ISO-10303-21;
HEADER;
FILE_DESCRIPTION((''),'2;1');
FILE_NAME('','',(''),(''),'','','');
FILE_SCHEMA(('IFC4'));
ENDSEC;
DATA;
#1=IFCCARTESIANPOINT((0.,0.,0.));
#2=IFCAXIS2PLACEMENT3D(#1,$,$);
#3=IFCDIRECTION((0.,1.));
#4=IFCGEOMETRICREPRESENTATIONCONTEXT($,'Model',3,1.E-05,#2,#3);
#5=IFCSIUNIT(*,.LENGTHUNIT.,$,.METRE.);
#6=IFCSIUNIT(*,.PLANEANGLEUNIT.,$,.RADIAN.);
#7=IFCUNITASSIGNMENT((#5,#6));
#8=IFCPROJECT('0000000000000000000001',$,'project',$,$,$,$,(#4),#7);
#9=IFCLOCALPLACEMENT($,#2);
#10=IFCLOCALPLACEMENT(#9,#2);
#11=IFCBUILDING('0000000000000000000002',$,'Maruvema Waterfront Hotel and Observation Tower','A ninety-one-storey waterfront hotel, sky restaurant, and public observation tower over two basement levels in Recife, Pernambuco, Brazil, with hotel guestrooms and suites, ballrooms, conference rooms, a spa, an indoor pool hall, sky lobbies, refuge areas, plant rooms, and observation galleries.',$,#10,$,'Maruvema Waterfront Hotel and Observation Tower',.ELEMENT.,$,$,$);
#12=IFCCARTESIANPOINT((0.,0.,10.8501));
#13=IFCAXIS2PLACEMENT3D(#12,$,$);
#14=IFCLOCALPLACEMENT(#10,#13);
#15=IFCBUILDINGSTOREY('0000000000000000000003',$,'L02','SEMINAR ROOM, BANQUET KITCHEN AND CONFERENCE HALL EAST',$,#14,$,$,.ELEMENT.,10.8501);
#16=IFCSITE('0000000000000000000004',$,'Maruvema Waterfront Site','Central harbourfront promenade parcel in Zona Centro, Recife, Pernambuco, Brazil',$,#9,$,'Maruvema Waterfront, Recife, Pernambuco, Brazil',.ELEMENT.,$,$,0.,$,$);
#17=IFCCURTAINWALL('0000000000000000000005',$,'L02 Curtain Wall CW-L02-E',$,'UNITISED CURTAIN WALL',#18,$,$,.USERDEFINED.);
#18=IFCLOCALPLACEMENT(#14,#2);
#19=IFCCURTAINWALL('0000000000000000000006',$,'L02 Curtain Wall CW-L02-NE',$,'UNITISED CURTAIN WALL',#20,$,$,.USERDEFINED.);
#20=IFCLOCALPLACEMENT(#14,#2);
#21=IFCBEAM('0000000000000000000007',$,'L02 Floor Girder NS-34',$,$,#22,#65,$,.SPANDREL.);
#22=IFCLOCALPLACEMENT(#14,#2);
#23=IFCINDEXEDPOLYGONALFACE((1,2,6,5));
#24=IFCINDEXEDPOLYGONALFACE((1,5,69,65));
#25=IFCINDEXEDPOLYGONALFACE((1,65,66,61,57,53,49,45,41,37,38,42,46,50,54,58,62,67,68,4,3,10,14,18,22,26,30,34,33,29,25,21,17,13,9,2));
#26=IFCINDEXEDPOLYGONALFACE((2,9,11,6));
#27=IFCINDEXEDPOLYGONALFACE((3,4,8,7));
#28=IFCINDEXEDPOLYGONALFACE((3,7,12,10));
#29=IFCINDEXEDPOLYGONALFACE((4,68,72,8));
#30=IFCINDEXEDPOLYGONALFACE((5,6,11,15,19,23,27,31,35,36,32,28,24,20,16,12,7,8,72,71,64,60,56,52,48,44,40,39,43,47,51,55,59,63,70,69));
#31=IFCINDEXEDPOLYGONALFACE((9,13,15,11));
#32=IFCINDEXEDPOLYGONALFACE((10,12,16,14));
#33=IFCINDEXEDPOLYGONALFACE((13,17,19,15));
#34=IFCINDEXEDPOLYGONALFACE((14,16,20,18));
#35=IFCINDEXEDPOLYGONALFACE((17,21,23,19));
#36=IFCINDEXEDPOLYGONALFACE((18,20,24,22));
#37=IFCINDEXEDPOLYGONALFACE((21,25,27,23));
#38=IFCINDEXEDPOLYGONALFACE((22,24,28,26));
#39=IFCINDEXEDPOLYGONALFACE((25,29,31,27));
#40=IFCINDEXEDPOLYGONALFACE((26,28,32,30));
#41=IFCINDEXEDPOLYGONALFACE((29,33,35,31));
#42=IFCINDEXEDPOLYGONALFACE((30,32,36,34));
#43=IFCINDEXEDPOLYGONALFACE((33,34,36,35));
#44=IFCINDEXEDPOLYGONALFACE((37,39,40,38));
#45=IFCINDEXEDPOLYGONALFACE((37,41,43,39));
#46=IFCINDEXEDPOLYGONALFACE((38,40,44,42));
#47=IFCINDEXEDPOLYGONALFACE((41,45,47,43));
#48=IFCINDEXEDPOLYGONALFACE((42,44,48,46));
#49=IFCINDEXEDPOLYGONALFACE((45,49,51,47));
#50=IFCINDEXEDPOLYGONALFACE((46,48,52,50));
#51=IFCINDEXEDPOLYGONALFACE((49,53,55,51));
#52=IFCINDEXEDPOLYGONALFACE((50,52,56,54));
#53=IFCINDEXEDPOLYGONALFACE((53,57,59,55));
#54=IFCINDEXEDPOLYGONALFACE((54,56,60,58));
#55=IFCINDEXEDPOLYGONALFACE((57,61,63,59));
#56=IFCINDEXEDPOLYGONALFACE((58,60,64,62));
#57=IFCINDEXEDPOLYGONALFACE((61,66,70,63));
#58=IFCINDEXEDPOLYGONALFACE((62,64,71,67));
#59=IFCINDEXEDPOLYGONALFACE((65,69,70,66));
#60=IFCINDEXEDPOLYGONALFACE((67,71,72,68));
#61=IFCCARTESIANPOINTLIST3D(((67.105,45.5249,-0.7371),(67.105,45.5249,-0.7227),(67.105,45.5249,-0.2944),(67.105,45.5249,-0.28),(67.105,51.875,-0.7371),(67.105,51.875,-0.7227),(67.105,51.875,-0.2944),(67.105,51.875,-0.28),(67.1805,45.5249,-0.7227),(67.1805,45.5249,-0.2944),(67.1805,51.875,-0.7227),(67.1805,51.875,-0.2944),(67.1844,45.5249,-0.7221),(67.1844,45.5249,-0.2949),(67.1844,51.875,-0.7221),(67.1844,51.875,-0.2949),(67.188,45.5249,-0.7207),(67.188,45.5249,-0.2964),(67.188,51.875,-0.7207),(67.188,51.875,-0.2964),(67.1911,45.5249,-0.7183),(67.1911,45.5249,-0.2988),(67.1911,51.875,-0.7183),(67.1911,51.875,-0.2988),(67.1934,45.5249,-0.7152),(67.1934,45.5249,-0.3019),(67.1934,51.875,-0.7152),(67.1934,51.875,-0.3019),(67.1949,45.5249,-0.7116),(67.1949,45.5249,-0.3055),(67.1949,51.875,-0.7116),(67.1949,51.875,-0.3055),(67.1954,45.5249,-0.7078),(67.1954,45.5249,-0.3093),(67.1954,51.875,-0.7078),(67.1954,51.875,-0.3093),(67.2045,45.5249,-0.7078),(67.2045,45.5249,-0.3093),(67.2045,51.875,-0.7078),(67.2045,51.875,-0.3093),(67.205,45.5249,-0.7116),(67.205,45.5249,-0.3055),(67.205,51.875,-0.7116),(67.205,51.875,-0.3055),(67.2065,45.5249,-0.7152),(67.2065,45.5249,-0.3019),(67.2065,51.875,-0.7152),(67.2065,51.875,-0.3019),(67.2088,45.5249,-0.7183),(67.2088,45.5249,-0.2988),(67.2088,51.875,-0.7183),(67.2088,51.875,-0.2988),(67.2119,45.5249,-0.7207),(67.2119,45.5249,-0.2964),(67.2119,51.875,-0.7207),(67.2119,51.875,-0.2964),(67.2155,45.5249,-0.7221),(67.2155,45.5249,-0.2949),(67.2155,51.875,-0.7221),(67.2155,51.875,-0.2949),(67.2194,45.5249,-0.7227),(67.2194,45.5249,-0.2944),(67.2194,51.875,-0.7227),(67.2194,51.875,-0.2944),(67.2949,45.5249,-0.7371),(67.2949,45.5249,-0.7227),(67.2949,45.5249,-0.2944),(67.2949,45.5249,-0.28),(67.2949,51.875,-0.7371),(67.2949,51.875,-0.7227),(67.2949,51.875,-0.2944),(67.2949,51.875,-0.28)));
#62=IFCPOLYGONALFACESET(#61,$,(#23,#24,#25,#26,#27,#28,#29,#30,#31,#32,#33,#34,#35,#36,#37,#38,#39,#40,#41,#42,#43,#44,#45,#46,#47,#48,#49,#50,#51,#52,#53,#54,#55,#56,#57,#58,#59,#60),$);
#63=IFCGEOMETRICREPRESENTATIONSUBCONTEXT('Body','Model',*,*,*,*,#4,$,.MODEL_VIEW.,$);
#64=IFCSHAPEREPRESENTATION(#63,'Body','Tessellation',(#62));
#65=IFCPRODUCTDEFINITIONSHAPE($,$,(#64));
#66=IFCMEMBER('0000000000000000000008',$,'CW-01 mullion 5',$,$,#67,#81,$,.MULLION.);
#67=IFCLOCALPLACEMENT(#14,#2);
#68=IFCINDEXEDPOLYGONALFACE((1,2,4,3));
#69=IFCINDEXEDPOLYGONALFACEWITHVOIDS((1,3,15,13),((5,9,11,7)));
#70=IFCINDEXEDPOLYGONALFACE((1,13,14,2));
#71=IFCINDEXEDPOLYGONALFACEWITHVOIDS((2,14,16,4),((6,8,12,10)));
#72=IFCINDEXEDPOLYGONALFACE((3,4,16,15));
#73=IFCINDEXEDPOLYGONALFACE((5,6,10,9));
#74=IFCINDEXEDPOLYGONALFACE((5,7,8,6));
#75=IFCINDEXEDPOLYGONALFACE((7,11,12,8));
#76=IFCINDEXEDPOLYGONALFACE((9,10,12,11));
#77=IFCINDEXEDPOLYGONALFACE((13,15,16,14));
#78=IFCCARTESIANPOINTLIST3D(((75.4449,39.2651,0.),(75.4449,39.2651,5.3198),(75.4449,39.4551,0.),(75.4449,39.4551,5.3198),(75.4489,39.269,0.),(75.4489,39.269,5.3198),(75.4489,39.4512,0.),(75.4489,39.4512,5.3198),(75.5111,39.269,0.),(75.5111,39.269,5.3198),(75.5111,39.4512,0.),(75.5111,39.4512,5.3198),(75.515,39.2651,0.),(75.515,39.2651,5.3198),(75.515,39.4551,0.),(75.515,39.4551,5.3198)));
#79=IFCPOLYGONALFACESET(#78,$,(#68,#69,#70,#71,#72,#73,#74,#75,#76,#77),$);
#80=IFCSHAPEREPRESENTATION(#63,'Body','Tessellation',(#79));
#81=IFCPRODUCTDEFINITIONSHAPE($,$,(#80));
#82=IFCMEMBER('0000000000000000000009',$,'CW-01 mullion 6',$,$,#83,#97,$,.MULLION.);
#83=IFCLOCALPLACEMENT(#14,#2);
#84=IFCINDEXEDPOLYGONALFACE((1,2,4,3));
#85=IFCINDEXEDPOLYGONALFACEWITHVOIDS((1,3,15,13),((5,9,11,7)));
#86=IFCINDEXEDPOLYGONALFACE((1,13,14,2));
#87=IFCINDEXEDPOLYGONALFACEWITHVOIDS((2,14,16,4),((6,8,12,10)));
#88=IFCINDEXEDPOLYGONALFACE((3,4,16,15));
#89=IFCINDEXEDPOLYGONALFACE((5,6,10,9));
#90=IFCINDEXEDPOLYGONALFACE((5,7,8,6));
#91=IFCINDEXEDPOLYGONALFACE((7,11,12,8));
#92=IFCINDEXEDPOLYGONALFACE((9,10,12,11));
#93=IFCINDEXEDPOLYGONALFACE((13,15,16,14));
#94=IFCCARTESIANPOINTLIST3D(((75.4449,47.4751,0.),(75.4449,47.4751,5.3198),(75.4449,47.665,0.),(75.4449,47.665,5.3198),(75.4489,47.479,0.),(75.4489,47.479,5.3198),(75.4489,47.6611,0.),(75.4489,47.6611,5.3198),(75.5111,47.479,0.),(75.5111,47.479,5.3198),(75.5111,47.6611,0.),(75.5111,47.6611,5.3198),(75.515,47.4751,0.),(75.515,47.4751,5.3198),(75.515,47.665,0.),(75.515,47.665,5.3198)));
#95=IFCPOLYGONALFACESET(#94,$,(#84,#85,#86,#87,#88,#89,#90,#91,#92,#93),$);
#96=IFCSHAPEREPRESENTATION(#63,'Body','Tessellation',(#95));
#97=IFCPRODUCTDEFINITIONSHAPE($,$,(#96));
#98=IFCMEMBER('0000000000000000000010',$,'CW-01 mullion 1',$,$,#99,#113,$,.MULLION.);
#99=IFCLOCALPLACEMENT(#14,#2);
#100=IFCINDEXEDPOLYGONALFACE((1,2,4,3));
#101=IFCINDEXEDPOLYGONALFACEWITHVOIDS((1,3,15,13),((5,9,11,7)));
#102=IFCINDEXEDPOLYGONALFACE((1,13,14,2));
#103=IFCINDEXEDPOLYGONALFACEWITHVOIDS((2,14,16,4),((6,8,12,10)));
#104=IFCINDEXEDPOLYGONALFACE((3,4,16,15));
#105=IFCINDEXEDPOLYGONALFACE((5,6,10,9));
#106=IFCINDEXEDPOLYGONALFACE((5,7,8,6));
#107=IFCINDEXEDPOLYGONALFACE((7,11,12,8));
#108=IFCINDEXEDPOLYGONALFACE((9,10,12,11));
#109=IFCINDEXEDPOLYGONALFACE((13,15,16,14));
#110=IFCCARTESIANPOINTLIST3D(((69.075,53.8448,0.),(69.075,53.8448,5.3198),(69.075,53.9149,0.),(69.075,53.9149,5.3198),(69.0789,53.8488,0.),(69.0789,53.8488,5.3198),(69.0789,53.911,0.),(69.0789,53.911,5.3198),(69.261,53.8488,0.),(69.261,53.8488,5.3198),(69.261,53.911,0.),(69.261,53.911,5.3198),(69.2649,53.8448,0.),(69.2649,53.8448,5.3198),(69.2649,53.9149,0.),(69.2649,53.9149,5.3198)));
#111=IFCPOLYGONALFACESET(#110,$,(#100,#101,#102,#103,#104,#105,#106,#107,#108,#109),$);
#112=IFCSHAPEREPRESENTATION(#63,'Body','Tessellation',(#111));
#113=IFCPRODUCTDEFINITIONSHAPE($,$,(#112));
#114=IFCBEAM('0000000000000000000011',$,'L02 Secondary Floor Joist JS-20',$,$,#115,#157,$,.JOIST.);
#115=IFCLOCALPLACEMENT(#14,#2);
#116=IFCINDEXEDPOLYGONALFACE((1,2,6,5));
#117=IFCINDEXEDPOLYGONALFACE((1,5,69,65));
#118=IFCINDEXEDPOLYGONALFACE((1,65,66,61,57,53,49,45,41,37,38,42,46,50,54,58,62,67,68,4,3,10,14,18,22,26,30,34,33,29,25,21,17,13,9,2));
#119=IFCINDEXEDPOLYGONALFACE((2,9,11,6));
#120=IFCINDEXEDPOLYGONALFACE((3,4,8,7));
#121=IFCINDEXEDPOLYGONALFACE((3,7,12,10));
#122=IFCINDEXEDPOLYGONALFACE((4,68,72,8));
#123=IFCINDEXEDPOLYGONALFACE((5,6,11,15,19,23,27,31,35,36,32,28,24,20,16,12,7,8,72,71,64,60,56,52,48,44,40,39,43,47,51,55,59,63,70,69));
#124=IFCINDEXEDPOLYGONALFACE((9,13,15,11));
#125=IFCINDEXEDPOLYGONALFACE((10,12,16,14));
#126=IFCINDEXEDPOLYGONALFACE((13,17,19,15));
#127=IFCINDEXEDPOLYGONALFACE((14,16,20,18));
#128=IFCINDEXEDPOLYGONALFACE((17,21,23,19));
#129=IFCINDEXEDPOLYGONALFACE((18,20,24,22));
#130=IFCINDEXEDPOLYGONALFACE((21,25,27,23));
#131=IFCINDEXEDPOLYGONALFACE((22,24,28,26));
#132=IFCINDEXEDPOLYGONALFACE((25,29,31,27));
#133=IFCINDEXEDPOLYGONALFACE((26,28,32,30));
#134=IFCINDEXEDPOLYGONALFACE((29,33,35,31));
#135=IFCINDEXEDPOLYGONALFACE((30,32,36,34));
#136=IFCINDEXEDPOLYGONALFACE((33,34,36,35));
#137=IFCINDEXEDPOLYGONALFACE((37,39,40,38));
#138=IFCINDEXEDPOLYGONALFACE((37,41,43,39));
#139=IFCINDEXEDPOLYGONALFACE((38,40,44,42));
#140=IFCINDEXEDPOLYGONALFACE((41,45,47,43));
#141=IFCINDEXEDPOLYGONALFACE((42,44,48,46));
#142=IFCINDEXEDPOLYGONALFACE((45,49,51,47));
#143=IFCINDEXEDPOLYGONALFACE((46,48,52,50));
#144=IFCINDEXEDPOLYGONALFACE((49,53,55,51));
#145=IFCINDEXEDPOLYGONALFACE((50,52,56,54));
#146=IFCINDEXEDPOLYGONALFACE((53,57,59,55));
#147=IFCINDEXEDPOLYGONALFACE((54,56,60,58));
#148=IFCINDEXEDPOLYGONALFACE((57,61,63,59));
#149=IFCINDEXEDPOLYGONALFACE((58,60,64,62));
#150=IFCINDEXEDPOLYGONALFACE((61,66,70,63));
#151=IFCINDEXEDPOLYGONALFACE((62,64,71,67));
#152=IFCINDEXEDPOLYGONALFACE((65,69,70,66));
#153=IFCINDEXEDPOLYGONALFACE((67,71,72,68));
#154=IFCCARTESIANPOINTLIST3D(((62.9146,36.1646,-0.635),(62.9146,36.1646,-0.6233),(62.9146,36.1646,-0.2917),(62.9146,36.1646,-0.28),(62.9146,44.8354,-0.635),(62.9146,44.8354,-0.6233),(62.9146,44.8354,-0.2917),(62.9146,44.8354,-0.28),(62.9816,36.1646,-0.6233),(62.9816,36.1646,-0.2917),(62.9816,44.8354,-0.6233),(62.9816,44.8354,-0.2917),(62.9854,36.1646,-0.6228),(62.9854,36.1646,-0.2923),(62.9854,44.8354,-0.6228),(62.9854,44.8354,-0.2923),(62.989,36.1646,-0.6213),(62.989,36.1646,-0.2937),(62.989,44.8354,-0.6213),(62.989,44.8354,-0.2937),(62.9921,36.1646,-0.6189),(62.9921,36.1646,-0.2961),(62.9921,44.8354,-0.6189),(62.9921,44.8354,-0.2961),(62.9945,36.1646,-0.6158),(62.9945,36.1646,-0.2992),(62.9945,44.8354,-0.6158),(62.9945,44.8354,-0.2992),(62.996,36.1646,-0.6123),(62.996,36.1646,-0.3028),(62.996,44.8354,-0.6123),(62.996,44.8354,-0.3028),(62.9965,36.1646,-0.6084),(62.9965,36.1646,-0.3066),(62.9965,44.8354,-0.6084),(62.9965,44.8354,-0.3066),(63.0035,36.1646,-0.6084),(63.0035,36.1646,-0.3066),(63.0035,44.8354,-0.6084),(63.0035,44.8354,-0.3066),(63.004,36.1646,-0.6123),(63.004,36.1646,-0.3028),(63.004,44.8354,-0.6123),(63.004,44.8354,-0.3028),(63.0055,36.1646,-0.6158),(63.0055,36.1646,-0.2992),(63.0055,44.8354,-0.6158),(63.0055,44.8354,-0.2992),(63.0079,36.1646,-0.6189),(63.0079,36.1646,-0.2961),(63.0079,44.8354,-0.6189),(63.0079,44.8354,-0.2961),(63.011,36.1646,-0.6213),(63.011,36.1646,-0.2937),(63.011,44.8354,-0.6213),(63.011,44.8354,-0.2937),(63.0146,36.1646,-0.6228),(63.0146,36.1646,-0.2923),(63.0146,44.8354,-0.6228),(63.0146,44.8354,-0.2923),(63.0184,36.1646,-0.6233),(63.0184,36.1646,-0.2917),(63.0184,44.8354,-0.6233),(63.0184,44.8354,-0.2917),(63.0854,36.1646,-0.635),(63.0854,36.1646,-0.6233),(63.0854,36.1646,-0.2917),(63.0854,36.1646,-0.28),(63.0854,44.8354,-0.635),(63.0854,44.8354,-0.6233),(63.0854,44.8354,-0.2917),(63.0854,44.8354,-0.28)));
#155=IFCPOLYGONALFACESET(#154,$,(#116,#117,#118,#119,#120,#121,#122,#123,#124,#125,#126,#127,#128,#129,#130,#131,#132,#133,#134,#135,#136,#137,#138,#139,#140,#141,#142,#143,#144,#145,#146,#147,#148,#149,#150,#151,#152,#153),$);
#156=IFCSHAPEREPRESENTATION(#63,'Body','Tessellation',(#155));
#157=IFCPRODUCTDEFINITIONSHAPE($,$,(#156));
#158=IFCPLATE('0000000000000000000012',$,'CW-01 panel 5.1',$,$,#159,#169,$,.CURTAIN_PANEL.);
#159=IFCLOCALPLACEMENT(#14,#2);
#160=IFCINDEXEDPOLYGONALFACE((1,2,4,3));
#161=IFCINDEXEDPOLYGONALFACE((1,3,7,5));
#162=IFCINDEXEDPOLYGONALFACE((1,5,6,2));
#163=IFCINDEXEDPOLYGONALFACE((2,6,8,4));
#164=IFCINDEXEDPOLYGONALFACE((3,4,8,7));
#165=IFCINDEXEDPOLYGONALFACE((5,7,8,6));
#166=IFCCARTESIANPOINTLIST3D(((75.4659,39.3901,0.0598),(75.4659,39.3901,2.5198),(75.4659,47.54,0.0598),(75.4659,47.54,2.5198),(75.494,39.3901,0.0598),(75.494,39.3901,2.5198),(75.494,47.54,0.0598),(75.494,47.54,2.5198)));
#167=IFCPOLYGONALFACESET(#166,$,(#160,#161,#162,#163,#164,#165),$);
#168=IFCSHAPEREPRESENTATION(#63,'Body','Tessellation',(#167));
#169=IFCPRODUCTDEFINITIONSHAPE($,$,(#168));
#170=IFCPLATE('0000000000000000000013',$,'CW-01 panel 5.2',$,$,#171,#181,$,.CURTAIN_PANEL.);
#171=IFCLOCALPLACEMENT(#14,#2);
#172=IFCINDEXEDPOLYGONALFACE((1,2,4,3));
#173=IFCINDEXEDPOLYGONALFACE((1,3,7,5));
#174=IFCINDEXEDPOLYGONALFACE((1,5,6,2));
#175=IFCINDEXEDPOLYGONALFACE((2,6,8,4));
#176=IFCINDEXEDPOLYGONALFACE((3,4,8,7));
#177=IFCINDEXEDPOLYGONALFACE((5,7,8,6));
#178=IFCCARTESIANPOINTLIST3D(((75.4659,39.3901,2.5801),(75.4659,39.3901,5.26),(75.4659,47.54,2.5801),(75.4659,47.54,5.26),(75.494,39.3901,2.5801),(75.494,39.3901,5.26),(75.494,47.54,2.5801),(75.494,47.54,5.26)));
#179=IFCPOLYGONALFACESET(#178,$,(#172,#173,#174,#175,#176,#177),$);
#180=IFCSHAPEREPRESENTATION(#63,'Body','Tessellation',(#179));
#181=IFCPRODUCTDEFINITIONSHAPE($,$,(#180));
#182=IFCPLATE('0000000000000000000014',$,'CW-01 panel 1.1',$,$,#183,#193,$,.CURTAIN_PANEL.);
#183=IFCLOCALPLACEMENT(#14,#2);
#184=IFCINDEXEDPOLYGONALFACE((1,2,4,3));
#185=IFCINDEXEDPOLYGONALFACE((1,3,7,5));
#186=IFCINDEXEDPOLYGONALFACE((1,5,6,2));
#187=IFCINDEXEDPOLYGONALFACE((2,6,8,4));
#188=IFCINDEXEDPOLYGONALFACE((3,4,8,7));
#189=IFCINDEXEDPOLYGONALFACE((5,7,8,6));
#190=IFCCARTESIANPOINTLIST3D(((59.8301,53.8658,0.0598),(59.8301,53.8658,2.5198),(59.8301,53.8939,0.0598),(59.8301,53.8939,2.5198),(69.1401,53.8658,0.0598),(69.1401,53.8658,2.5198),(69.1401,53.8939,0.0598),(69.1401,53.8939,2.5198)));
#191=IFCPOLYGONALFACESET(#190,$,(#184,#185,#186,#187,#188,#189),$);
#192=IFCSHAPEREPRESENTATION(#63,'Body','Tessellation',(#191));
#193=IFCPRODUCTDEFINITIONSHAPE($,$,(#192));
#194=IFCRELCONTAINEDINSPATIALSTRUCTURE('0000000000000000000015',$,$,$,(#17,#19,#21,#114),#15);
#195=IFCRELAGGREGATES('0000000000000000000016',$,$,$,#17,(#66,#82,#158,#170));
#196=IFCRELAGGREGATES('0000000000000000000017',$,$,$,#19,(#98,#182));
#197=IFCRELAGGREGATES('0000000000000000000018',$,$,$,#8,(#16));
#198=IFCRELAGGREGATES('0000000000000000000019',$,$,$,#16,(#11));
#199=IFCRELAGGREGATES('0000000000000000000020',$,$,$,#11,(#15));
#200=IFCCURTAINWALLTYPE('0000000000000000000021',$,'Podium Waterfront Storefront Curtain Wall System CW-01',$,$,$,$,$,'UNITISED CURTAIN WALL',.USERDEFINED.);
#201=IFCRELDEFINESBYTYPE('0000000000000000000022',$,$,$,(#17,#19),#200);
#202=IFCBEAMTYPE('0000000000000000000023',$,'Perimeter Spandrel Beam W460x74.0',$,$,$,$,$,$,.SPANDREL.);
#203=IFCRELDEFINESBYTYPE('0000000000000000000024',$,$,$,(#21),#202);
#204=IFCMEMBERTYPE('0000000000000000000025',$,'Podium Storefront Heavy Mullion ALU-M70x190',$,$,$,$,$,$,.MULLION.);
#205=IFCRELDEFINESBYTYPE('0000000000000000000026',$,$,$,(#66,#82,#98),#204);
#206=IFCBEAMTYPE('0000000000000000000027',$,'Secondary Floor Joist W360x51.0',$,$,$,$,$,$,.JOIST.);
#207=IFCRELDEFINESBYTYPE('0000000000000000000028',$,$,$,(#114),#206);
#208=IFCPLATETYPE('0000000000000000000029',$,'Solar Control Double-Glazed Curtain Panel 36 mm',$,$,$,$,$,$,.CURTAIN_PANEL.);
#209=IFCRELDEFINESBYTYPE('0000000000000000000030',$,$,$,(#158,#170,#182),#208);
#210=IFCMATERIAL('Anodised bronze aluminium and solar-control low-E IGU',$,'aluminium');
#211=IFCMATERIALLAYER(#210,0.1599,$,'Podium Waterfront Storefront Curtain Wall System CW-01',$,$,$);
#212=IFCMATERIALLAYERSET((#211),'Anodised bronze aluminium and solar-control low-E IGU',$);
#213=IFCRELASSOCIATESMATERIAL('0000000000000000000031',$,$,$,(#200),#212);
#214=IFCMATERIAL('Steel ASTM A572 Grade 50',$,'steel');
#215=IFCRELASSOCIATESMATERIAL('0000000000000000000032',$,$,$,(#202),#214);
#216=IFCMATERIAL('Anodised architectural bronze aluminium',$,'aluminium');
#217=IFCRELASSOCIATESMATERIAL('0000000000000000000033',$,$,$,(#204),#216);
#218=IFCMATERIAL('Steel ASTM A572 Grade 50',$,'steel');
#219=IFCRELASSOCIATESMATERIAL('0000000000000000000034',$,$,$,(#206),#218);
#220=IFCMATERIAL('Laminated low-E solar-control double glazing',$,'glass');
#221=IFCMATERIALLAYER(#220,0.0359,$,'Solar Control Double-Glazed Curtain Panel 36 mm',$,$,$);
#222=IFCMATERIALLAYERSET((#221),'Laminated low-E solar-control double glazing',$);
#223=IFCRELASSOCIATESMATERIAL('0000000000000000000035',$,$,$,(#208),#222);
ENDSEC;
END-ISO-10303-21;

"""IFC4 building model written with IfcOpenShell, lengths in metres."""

from ifc_helpers import new_model, si_unit, direction, frame, origin, origin_2d, place, context, subcontext, project, spatial, rectangle, hollow_rectangle, i_section, extrude, material, layer, layer_set, material_profile, profile_set, type_object, element, aggregate, save


model = new_model("IFC4")

# Units and contexts
model_context = context("Model", 3, precision=1e-05, world=origin(), true_north=direction((0.0, 1.0)))
body_context = subcontext(model_context, "Body", "Model", "MODEL_VIEW")
ifc_project = project(units=[si_unit("LENGTHUNIT", "METRE"), si_unit("PLANEANGLEUNIT", "RADIAN")], contexts=[model_context])

# Site, building, storey
site_placement = place(None, origin())
site = spatial("IfcSite", under=ifc_project, at=site_placement, Name="Maruvema Waterfront Site", Description="Central harbourfront promenade parcel in Zona Centro, Recife, Pernambuco, Brazil", LongName="Maruvema Waterfront, Recife, Pernambuco, Brazil", CompositionType="ELEMENT", RefElevation=0.0)
building_placement = place(site_placement, origin())
building = spatial("IfcBuilding", under=site, at=building_placement, Name="Maruvema Waterfront Hotel and Observation Tower", Description="A ninety-one-storey waterfront hotel, sky restaurant, and public observation tower over two basement levels in Recife, Pernambuco, Brazil, with hotel guestrooms and suites, ballrooms, conference rooms, a spa, an indoor pool hall, sky lobbies, refuge areas, plant rooms, and observation galleries.", LongName="Maruvema Waterfront Hotel and Observation Tower", CompositionType="ELEMENT")
storey_placement = place(building_placement, frame((0.0, 0.0, 10.8501)))
storey = spatial("IfcBuildingStorey", under=building, at=storey_placement, Name="L02", Description="SEMINAR ROOM, BANQUET KITCHEN AND CONFERENCE HALL EAST", CompositionType="ELEMENT", Elevation=10.8501)

# Curtain walls
ifc_material_1 = material(Name="Anodised bronze aluminium and solar-control low-E IGU", Category="aluminium")
ifc_layer_1 = layer(ifc_material_1, 0.1599, Name="Podium Waterfront Storefront Curtain Wall System CW-01")
ifc_layer_set_1 = layer_set([ifc_layer_1], Name="Anodised bronze aluminium and solar-control low-E IGU")
curtain_wall_type = type_object("IfcCurtainWallType", Name="Podium Waterfront Storefront Curtain Wall System CW-01", ElementType="UNITISED CURTAIN WALL", PredefinedType="USERDEFINED", material=ifc_layer_set_1)
curtain_wall_1_placement = place(storey_placement, origin())
curtain_wall_1 = element("IfcCurtainWall", 1, at=curtain_wall_1_placement, inside=storey, type_object=curtain_wall_type, Name="L02 Curtain Wall CW-L02-E", ObjectType="UNITISED CURTAIN WALL", PredefinedType="USERDEFINED")
curtain_wall_2_placement = place(storey_placement, origin())
curtain_wall_2 = element("IfcCurtainWall", 2, at=curtain_wall_2_placement, inside=storey, type_object=curtain_wall_type, Name="L02 Curtain Wall CW-L02-NE", ObjectType="UNITISED CURTAIN WALL", PredefinedType="USERDEFINED")

# Beam
ifc_material_2 = material(Name="Steel ASTM A572 Grade 50", Category="steel")
ifc_material_profile_1 = material_profile(ifc_material_2, i_section(OverallWidth=0.1899, OverallDepth=0.457, WebThickness=0.009, FlangeThickness=0.0144, FilletRadius=0.0149, at=origin_2d()), Name="W460x74.0")
ifc_profile_set_1 = profile_set([ifc_material_profile_1], Name="Steel ASTM A572 Grade 50")
beam_type_1 = type_object("IfcBeamType", Name="Perimeter Spandrel Beam W460x74.0", PredefinedType="SPANDREL", material=ifc_profile_set_1)
beam_1_placement = place(storey_placement, frame((67.2, 45.5249, -0.5085), z_axis=(0.0, 1.0, 0.0), x_axis=(-1.0, 0.0, 0.0)))
element("IfcBeam", 3, at=beam_1_placement, inside=storey, type_object=beam_type_1, Name="L02 Floor Girder NS-34", PredefinedType="SPANDREL", context=body_context, shape_type="SweptSolid", body=[
    extrude(i_section(OverallWidth=0.1899, OverallDepth=0.457, WebThickness=0.009, FlangeThickness=0.0144, FilletRadius=0.0149, at=origin_2d()), origin(), (0.0, 0.0, 1.0), 6.3501),
])

# Members
ifc_material_3 = material(Name="Anodised architectural bronze aluminium", Category="aluminium")
ifc_material_profile_2 = material_profile(ifc_material_3, hollow_rectangle(XDim=0.0701, YDim=0.1899, WallThickness=0.0039, at=origin_2d()), Name="ALU-M70x190")
ifc_profile_set_2 = profile_set([ifc_material_profile_2], Name="Anodised architectural bronze aluminium")
member_type_1 = type_object("IfcMemberType", Name="Podium Storefront Heavy Mullion ALU-M70x190", PredefinedType="MULLION", material=ifc_profile_set_2)
member_1_placement = place(storey_placement, frame((75.48, 39.3601, 0.0), z_axis=(0.0, 0.0, 1.0), x_axis=(-1.0, 0.0, 0.0)))
member_1 = element("IfcMember", 4, at=member_1_placement, type_object=member_type_1, Name="CW-01 mullion 5", PredefinedType="MULLION", context=body_context, shape_type="SweptSolid", body=[
    extrude(hollow_rectangle(XDim=0.0701, YDim=0.1899, WallThickness=0.0039, at=origin_2d()), origin(), (0.0, 0.0, 1.0), 5.3198),
])
member_2_placement = place(storey_placement, frame((75.48, 47.5701, 0.0), z_axis=(0.0, 0.0, 1.0), x_axis=(-1.0, 0.0, 0.0)))
member_2 = element("IfcMember", 5, at=member_2_placement, type_object=member_type_1, Name="CW-01 mullion 6", PredefinedType="MULLION", context=body_context, shape_type="SweptSolid", body=[
    extrude(hollow_rectangle(XDim=0.0701, YDim=0.1899, WallThickness=0.0039, at=origin_2d()), origin(), (0.0, 0.0, 1.0), 5.3198),
])
member_3_placement = place(storey_placement, frame((69.1699, 53.8799, 0.0), z_axis=(0.0, 0.0, 1.0), x_axis=(0.0, -1.0, 0.0)))
member_3 = element("IfcMember", 6, at=member_3_placement, type_object=member_type_1, Name="CW-01 mullion 1", PredefinedType="MULLION", context=body_context, shape_type="SweptSolid", body=[
    extrude(hollow_rectangle(XDim=0.0701, YDim=0.1899, WallThickness=0.0039, at=origin_2d()), origin(), (0.0, 0.0, 1.0), 5.3198),
])

# Beam
ifc_material_4 = material(Name="Steel ASTM A572 Grade 50", Category="steel")
ifc_material_profile_3 = material_profile(ifc_material_4, i_section(OverallWidth=0.1709, OverallDepth=0.355, WebThickness=0.0071, FlangeThickness=0.0117, FilletRadius=0.0149, at=origin_2d()), Name="W360x51.0")
ifc_profile_set_3 = profile_set([ifc_material_profile_3], Name="Steel ASTM A572 Grade 50")
beam_type_2 = type_object("IfcBeamType", Name="Secondary Floor Joist W360x51.0", PredefinedType="JOIST", material=ifc_profile_set_3)
beam_2_placement = place(storey_placement, frame((63.0, 36.1646, -0.4575), z_axis=(0.0, 1.0, 0.0), x_axis=(-1.0, 0.0, 0.0)))
element("IfcBeam", 7, at=beam_2_placement, inside=storey, type_object=beam_type_2, Name="L02 Secondary Floor Joist JS-20", PredefinedType="JOIST", context=body_context, shape_type="SweptSolid", body=[
    extrude(i_section(OverallWidth=0.1709, OverallDepth=0.355, WebThickness=0.0071, FlangeThickness=0.0117, FilletRadius=0.0149, at=origin_2d()), origin(), (0.0, 0.0, 1.0), 8.6709),
])

# Plates
ifc_material_5 = material(Name="Laminated low-E solar-control double glazing", Category="glass")
ifc_layer_2 = layer(ifc_material_5, 0.0359, Name="Solar Control Double-Glazed Curtain Panel 36 mm")
ifc_layer_set_2 = layer_set([ifc_layer_2], Name="Laminated low-E solar-control double glazing")
plate_type = type_object("IfcPlateType", Name="Solar Control Double-Glazed Curtain Panel 36 mm", PredefinedType="CURTAIN_PANEL", material=ifc_layer_set_2)
plate_1_placement = place(storey_placement, frame((75.48, 43.4651, 0.0598), z_axis=(0.0, 0.0, 1.0), x_axis=(0.0, 1.0, 0.0)))
plate_1 = element("IfcPlate", 8, at=plate_1_placement, type_object=plate_type, Name="CW-01 panel 5.1", PredefinedType="CURTAIN_PANEL", context=body_context, shape_type="SweptSolid", body=[
    extrude(rectangle(XDim=8.1499, YDim=0.0281, at=origin_2d()), origin(), (0.0, 0.0, 1.0), 2.46),
])
plate_2_placement = place(storey_placement, frame((75.48, 43.4651, 2.5801), z_axis=(0.0, 0.0, 1.0), x_axis=(0.0, 1.0, 0.0)))
plate_2 = element("IfcPlate", 9, at=plate_2_placement, type_object=plate_type, Name="CW-01 panel 5.2", PredefinedType="CURTAIN_PANEL", context=body_context, shape_type="SweptSolid", body=[
    extrude(rectangle(XDim=8.1499, YDim=0.0281, at=origin_2d()), origin(), (0.0, 0.0, 1.0), 2.6799),
])
aggregate(curtain_wall_1, [member_1, member_2, plate_1, plate_2])
plate_3_placement = place(storey_placement, frame((64.4851, 53.8799, 0.0598), z_axis=(0.0, 0.0, 1.0), x_axis=(-1.0, 0.0, 0.0)))
plate_3 = element("IfcPlate", 10, at=plate_3_placement, type_object=plate_type, Name="CW-01 panel 1.1", PredefinedType="CURTAIN_PANEL", context=body_context, shape_type="SweptSolid", body=[
    extrude(rectangle(XDim=9.3101, YDim=0.0281, at=origin_2d()), origin(), (0.0, 0.0, 1.0), 2.46),
])
aggregate(curtain_wall_2, [member_3, plate_3])

save(model, "model.ifc")
